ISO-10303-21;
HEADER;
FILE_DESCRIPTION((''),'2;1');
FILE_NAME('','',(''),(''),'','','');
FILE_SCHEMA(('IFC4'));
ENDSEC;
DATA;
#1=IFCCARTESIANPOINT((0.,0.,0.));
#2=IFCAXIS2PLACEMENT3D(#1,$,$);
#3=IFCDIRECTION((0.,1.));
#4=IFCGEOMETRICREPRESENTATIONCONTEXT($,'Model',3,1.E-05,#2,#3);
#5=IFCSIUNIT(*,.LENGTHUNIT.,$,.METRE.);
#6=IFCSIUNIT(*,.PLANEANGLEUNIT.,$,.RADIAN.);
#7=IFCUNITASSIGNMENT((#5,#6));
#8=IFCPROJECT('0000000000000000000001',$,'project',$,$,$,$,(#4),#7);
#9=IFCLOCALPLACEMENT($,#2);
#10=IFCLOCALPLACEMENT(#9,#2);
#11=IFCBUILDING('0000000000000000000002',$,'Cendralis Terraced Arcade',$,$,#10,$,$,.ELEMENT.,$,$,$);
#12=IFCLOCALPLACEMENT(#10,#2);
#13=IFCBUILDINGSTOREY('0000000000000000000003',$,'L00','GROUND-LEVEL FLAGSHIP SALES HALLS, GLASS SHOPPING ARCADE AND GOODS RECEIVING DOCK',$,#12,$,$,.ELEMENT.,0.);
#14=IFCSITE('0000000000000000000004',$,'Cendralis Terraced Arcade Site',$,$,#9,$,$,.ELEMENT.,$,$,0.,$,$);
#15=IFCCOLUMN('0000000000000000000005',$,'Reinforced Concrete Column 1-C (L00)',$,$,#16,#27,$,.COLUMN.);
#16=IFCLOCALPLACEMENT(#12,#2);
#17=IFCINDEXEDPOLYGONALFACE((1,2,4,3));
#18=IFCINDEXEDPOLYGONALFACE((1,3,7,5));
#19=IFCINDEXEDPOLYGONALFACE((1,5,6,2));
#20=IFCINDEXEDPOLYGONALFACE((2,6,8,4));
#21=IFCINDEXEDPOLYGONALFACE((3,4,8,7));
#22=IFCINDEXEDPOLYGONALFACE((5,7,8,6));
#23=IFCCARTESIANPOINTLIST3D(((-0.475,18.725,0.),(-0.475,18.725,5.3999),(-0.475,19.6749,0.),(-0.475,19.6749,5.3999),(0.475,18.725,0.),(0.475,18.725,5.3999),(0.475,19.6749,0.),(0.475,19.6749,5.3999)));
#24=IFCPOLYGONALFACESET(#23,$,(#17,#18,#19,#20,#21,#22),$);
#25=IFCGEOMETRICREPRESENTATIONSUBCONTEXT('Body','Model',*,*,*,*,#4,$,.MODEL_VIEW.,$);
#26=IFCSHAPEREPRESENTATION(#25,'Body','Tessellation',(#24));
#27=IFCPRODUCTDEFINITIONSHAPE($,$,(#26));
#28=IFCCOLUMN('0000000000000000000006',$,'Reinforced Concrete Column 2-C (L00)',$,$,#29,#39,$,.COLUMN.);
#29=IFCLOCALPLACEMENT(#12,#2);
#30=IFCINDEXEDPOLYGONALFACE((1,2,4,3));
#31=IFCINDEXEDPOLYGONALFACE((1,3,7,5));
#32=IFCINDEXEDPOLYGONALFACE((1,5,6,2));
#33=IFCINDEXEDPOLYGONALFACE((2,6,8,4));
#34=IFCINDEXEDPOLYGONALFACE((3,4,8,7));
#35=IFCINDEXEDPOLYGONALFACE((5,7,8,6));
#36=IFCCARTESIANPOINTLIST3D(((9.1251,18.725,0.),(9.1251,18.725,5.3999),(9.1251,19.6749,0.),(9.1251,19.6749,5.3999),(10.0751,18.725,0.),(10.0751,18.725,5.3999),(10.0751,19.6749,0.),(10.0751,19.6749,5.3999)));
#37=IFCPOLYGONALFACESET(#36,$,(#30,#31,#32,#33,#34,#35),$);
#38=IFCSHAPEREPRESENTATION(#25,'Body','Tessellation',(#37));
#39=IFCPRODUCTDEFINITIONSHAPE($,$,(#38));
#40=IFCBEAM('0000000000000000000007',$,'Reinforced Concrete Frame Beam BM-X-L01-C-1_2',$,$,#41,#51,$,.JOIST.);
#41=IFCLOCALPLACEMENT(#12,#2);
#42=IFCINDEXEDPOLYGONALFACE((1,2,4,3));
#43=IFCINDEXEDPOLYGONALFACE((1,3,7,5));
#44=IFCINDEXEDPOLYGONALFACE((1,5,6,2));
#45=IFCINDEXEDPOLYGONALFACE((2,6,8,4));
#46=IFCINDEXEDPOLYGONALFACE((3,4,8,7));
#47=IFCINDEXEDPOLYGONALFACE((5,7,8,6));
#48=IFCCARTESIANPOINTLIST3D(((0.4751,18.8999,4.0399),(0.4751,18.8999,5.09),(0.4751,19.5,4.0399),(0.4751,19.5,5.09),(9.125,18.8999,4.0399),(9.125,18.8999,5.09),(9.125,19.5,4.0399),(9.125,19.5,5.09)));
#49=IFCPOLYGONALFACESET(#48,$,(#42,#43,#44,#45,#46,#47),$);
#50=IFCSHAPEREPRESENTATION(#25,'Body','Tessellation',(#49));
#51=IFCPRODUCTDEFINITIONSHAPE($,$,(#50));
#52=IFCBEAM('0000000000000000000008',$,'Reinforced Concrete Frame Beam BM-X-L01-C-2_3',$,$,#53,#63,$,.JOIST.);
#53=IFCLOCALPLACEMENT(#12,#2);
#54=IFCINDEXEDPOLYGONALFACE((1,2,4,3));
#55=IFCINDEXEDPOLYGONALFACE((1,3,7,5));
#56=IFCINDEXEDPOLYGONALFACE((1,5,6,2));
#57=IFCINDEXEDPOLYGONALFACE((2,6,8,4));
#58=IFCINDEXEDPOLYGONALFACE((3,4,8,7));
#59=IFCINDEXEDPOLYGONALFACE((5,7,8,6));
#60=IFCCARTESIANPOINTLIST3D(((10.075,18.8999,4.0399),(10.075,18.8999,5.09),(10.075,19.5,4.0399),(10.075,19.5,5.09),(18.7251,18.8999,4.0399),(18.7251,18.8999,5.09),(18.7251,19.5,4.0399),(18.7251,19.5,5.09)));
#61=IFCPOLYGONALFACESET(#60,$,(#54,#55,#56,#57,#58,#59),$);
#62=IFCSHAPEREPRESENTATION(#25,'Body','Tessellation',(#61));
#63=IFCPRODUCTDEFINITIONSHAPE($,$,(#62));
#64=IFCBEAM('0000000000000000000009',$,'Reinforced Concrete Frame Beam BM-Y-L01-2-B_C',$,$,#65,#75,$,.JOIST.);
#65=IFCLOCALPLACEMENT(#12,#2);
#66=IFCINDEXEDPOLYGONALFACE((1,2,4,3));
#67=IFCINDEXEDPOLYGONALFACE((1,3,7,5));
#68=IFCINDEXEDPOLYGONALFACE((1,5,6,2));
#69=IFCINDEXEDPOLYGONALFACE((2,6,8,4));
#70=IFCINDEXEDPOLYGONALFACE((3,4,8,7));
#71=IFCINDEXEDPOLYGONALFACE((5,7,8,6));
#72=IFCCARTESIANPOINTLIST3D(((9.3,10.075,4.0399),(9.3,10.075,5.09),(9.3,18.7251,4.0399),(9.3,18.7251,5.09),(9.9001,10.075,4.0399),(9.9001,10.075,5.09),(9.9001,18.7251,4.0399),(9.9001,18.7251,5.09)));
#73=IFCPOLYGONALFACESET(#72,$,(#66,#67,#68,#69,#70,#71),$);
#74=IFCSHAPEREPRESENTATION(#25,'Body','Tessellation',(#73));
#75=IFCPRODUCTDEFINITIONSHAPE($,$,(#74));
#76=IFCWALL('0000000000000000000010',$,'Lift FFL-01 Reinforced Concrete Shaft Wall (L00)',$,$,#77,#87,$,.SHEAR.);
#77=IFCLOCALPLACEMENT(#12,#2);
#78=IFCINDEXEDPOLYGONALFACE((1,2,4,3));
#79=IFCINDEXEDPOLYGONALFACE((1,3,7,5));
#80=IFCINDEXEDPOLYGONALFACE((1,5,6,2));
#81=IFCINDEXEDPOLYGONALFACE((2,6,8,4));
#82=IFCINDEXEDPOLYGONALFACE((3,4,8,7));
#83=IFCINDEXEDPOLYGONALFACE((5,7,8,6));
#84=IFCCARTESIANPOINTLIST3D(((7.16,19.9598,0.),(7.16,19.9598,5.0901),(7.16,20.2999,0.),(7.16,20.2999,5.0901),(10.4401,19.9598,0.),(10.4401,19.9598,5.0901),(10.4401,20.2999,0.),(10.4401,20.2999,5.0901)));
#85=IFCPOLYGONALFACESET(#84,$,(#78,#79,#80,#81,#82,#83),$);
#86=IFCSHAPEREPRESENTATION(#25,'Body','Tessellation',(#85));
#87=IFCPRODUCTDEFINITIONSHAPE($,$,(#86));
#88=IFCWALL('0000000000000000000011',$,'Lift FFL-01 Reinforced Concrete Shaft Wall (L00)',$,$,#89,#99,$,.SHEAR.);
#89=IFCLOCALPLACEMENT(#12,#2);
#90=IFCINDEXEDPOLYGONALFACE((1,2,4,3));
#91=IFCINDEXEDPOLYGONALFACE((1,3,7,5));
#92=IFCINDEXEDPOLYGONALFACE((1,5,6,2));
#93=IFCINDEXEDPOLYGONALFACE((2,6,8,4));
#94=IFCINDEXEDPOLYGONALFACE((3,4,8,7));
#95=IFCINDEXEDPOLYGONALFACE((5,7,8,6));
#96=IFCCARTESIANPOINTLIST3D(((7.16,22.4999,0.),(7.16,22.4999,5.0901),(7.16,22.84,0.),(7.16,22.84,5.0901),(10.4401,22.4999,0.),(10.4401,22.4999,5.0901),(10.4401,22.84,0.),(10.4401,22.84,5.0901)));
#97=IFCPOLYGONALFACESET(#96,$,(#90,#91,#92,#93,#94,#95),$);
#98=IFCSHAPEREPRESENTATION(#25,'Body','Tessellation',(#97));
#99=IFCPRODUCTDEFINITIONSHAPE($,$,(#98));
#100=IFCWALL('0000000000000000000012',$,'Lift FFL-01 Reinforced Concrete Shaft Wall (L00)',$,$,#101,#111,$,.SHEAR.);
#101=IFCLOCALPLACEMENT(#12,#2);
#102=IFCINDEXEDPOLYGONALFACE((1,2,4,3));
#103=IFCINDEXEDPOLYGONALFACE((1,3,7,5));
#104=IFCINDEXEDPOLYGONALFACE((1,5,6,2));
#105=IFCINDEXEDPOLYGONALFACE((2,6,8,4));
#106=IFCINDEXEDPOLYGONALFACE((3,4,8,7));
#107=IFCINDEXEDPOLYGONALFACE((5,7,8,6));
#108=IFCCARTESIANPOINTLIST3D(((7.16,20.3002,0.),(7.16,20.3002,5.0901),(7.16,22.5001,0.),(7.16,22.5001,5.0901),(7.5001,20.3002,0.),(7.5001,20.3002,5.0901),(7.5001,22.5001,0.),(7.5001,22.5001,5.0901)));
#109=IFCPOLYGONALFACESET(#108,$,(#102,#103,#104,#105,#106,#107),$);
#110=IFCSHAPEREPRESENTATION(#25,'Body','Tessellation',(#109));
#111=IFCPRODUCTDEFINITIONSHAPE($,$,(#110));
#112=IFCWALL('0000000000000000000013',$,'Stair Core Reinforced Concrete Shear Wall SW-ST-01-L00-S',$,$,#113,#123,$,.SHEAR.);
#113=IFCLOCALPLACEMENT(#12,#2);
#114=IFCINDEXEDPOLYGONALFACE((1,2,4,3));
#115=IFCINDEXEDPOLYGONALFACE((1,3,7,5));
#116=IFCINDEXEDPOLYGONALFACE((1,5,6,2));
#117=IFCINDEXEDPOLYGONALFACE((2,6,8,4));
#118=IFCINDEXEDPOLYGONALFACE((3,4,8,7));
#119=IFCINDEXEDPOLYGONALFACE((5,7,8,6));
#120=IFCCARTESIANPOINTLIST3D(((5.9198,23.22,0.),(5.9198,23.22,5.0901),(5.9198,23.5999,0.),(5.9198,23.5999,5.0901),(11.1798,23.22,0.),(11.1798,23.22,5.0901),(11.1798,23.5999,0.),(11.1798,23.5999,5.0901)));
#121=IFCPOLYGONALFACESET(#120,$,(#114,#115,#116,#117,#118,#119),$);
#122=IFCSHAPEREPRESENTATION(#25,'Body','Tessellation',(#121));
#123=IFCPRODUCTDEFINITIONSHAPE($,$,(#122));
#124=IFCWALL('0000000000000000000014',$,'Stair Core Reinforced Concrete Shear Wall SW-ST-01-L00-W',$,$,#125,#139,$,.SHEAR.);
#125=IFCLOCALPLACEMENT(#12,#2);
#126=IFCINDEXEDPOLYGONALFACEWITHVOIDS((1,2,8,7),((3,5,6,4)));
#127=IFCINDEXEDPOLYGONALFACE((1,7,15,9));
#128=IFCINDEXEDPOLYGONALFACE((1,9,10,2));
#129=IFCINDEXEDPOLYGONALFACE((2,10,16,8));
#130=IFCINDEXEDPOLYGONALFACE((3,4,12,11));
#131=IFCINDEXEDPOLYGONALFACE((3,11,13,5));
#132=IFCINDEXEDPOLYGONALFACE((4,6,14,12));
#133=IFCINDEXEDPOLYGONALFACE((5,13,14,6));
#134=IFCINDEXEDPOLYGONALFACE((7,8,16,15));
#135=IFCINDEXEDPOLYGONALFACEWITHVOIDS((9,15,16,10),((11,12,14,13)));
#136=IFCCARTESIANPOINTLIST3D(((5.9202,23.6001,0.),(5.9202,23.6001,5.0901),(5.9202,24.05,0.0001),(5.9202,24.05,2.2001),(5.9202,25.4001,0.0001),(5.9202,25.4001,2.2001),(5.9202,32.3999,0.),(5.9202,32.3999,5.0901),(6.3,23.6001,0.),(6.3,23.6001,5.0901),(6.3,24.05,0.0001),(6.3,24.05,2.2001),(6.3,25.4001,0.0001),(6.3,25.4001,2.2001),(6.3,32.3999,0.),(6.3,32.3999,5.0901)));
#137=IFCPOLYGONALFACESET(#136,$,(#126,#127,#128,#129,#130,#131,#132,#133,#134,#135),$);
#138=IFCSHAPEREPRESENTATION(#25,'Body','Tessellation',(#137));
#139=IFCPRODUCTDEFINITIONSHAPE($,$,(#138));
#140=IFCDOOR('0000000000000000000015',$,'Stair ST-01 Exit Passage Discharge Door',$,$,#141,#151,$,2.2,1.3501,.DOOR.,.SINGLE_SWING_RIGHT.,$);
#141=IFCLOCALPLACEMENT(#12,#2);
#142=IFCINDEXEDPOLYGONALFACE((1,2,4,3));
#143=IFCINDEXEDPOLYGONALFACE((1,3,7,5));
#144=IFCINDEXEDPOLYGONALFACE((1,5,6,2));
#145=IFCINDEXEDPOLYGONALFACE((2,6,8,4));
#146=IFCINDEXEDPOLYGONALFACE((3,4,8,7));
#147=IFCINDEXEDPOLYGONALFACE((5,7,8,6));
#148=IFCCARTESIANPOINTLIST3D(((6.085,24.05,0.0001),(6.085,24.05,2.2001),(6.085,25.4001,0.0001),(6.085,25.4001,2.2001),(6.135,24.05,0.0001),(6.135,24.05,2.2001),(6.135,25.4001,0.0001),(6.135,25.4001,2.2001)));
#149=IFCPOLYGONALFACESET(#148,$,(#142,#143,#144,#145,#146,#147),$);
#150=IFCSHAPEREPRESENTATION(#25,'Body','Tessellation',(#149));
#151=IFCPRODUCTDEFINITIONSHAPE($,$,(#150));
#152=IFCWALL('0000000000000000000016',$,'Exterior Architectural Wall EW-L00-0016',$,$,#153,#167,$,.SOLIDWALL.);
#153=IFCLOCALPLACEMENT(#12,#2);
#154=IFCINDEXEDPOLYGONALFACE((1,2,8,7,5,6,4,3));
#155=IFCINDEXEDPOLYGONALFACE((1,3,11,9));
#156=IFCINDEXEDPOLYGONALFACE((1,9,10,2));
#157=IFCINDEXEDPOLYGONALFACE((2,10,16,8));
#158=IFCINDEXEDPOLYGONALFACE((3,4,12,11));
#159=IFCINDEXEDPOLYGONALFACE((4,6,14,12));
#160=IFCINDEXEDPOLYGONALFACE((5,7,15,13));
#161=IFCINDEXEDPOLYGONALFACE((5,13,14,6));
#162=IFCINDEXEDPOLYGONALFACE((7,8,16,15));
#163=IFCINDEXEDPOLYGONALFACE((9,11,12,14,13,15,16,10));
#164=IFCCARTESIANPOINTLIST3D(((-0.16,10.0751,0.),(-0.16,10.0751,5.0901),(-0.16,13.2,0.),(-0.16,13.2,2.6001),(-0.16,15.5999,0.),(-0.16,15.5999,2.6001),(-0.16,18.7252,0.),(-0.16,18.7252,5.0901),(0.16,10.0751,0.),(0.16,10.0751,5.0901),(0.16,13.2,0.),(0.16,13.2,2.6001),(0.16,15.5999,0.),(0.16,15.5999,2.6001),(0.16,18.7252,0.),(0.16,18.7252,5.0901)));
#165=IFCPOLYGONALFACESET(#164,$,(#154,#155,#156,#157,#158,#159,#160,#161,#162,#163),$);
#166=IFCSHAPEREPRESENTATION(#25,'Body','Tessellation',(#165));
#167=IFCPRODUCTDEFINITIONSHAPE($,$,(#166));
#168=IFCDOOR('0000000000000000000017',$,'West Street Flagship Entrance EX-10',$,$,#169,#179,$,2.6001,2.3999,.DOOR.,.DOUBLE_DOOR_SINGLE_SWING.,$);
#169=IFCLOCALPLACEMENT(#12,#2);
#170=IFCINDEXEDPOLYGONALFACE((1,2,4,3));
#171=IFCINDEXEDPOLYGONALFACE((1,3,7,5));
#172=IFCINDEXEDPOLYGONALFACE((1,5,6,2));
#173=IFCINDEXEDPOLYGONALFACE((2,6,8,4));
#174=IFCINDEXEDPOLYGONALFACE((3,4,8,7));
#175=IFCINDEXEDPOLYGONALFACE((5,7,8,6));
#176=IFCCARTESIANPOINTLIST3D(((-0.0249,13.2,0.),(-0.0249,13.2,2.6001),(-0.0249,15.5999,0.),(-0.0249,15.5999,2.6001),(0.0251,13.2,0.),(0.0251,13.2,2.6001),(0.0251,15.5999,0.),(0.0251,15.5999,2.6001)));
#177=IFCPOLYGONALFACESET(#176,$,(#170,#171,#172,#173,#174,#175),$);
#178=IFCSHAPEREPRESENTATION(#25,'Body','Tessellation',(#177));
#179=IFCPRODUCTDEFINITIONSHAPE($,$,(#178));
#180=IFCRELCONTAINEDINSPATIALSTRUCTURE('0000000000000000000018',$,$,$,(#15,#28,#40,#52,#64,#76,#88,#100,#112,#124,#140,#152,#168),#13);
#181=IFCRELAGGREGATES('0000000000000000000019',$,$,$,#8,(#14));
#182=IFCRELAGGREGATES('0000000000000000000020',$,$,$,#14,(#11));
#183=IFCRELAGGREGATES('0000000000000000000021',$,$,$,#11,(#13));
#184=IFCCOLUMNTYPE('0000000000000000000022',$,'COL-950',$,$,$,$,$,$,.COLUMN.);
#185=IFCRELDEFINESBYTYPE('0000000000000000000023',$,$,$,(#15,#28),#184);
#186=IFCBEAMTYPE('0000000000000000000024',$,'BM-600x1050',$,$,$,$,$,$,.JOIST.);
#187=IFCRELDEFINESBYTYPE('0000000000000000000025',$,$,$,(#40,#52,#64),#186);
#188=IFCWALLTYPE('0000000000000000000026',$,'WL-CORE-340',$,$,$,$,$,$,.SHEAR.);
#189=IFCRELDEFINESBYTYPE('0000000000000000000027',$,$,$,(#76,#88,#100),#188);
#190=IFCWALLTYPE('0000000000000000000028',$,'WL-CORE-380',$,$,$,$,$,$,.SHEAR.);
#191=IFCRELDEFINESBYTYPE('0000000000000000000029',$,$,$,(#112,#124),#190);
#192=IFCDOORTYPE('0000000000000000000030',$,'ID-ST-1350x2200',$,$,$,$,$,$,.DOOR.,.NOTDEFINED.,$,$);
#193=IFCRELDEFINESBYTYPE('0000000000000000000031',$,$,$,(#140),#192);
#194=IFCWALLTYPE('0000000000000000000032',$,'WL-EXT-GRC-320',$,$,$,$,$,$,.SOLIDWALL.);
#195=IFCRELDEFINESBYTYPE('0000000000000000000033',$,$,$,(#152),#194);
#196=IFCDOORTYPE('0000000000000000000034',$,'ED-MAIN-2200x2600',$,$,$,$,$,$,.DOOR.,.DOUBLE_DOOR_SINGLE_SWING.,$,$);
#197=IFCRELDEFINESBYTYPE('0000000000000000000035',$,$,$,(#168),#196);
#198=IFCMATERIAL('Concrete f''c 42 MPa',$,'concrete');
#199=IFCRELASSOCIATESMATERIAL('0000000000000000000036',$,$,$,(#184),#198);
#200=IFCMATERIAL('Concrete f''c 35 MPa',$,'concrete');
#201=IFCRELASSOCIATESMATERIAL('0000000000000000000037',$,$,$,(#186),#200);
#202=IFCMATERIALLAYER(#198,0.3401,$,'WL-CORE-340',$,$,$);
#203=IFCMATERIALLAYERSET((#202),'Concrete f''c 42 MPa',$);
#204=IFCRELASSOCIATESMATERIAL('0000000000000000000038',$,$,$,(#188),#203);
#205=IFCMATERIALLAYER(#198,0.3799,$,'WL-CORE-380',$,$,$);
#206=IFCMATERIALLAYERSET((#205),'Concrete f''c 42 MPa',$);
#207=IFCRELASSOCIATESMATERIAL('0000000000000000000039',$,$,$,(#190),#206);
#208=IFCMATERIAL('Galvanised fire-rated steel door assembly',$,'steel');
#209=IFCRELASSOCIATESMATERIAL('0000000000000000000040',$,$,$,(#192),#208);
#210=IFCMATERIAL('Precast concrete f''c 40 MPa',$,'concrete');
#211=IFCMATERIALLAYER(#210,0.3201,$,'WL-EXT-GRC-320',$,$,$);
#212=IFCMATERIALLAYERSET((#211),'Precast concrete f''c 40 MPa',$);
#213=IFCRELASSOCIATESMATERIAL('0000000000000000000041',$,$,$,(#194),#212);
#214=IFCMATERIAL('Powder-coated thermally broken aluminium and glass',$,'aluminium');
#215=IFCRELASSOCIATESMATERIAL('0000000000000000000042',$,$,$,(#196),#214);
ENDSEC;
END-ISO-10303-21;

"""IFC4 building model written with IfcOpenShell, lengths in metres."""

from ifc_helpers import new_model, si_unit, direction, frame, frame_2d, origin, origin_2d, place, context, subcontext, project, spatial, rectangle, extrude, material, layer, layer_set, material_profile, profile_set, type_object, element, fill, save


model = new_model("IFC4")

# Units and contexts
model_context = context("Model", 3, precision=1e-05, world=origin(), true_north=direction((0.0, 1.0)))
body_context = subcontext(model_context, "Body", "Model", "MODEL_VIEW")
ifc_project = project(units=[si_unit("LENGTHUNIT", "METRE"), si_unit("PLANEANGLEUNIT", "RADIAN")], contexts=[model_context])

# Site, building, storey
site_placement = place(None, origin())
site = spatial("IfcSite", under=ifc_project, at=site_placement, Name="Cendralis Terraced Arcade Site", CompositionType="ELEMENT", RefElevation=0.0)
building_placement = place(site_placement, origin())
building = spatial("IfcBuilding", under=site, at=building_placement, Name="Cendralis Terraced Arcade", CompositionType="ELEMENT")
storey_placement = place(building_placement, origin())
storey = spatial("IfcBuildingStorey", under=building, at=storey_placement, Name="L00", Description="GROUND-LEVEL FLAGSHIP SALES HALLS, GLASS SHOPPING ARCADE AND GOODS RECEIVING DOCK", CompositionType="ELEMENT", Elevation=0.0)

# Columns
ifc_material_1 = material(Name="Concrete f'c 42 MPa", Category="concrete")
ifc_material_profile_1 = material_profile(ifc_material_1, rectangle(XDim=0.95, YDim=0.95, at=origin_2d()), Name="RC-COL-950x950", Category="LoadBearing")
ifc_profile_set_1 = profile_set([ifc_material_profile_1], Name="Concrete f'c 42 MPa")
column_type = type_object("IfcColumnType", Name="COL-950", PredefinedType="COLUMN", material=ifc_profile_set_1)
for number, where, z_axis, x_axis, name in (
    (1, (0.0, 19.2, 0.0), (0.0, 0.0, 1.0), (1.0, 0.0, 0.0), "Reinforced Concrete Column 1-C (L00)"),
    (2, (9.6001, 19.2, 0.0), (0.0, 0.0, 1.0), (1.0, 0.0, 0.0), "Reinforced Concrete Column 2-C (L00)"),
):
    element("IfcColumn", number, at=place(storey_placement, frame(where, z_axis=z_axis, x_axis=x_axis)), inside=storey, type_object=column_type, Name=name, PredefinedType="COLUMN", context=body_context, shape_type="SweptSolid", body=[
        extrude(rectangle(XDim=0.95, YDim=0.95, at=origin_2d()), origin(), (0.0, 0.0, 1.0), 5.3999),
    ])

# Beams
ifc_material_2 = material(Name="Concrete f'c 35 MPa", Category="concrete")
ifc_material_profile_2 = material_profile(ifc_material_2, rectangle(XDim=0.6001, YDim=1.05, at=origin_2d()), Name="RC-BM-600x1050", Category="LoadBearing")
ifc_profile_set_2 = profile_set([ifc_material_profile_2], Name="Concrete f'c 35 MPa")
beam_type = type_object("IfcBeamType", Name="BM-600x1050", PredefinedType="JOIST", material=ifc_profile_set_2)
beam_placement = place(storey_placement, frame((0.4751, 19.2, 4.5649), z_axis=(1.0, 0.0, 0.0), x_axis=(0.0, 1.0, 0.0)))
element("IfcBeam", 3, at=beam_placement, inside=storey, type_object=beam_type, Name="Reinforced Concrete Frame Beam BM-X-L01-C-1_2", PredefinedType="JOIST", context=body_context, shape_type="SweptSolid", body=[
    extrude(rectangle(XDim=0.6001, YDim=1.05, at=origin_2d()), origin(), (0.0, 0.0, 1.0), 8.6499),
])
for number, where, z_axis, x_axis, name in (
    (4, (10.075, 19.2, 4.5649), (1.0, 0.0, 0.0), (0.0, 1.0, 0.0), "Reinforced Concrete Frame Beam BM-X-L01-C-2_3"),
    (5, (9.6001, 10.075, 4.5649), (0.0, 1.0, 0.0), (-1.0, 0.0, 0.0), "Reinforced Concrete Frame Beam BM-Y-L01-2-B_C"),
):
    element("IfcBeam", number, at=place(storey_placement, frame(where, z_axis=z_axis, x_axis=x_axis)), inside=storey, type_object=beam_type, Name=name, PredefinedType="JOIST", context=body_context, shape_type="SweptSolid", body=[
        extrude(rectangle(XDim=0.6001, YDim=1.05, at=origin_2d()), origin(), (0.0, 0.0, 1.0), 8.6501),
    ])

# Walls
ifc_layer_1 = layer(ifc_material_1, 0.3401, Name="WL-CORE-340")
ifc_layer_set_1 = layer_set([ifc_layer_1], Name="Concrete f'c 42 MPa")
wall_type_1 = type_object("IfcWallType", Name="WL-CORE-340", PredefinedType="SHEAR", material=ifc_layer_set_1)
for number, where, z_axis, x_axis, name in (
    (6, (7.1599, 20.1299, 0.0), (0.0, 0.0, 1.0), (1.0, 0.0, 0.0), "Lift FFL-01 Reinforced Concrete Shaft Wall (L00)"),
    (7, (7.1599, 22.6699, 0.0), (0.0, 0.0, 1.0), (1.0, 0.0, 0.0), "Lift FFL-01 Reinforced Concrete Shaft Wall (L00)"),
):
    element("IfcWall", number, at=place(storey_placement, frame(where, z_axis=z_axis, x_axis=x_axis)), inside=storey, type_object=wall_type_1, Name=name, PredefinedType="SHEAR", context=body_context, shape_type="SweptSolid", body=[
        extrude(rectangle(XDim=3.28, YDim=0.3401, at=frame_2d((1.6401, 0.0))), origin(), (0.0, 0.0, 1.0), 5.0901),
    ])
wall_1_placement = place(storey_placement, frame((7.3301, 20.3, 0.0), z_axis=(0.0, 0.0, 1.0), x_axis=(0.0, 1.0, 0.0)))
element("IfcWall", 8, at=wall_1_placement, inside=storey, type_object=wall_type_1, Name="Lift FFL-01 Reinforced Concrete Shaft Wall (L00)", PredefinedType="SHEAR", context=body_context, shape_type="SweptSolid", body=[
    extrude(rectangle(XDim=2.2, YDim=0.3401, at=frame_2d((1.1001, 0.0))), origin(), (0.0, 0.0, 1.0), 5.0901),
])
ifc_layer_2 = layer(ifc_material_1, 0.3799, Name="WL-CORE-380")
ifc_layer_set_2 = layer_set([ifc_layer_2], Name="Concrete f'c 42 MPa")
wall_type_2 = type_object("IfcWallType", Name="WL-CORE-380", PredefinedType="SHEAR", material=ifc_layer_set_2)
wall_2_placement = place(storey_placement, frame((5.9199, 23.4099, 0.0), z_axis=(0.0, 0.0, 1.0), x_axis=(1.0, 0.0, 0.0)))
element("IfcWall", 9, at=wall_2_placement, inside=storey, type_object=wall_type_2, Name="Stair Core Reinforced Concrete Shear Wall SW-ST-01-L00-S", PredefinedType="SHEAR", context=body_context, shape_type="SweptSolid", body=[
    extrude(rectangle(XDim=5.26, YDim=0.3799, at=frame_2d((2.6299, 0.0))), origin(), (0.0, 0.0, 1.0), 5.0901),
])

# Walls, openings, doors
wall_3_placement = place(storey_placement, frame((6.1101, 23.6001, 0.0), z_axis=(0.0, 0.0, 1.0), x_axis=(0.0, 1.0, 0.0)))
wall_3 = element("IfcWall", 10, at=wall_3_placement, inside=storey, type_object=wall_type_2, Name="Stair Core Reinforced Concrete Shear Wall SW-ST-01-L00-W", PredefinedType="SHEAR", context=body_context, shape_type="SweptSolid", body=[
    extrude(rectangle(XDim=8.7998, YDim=0.3799, at=frame_2d((4.3999, 0.0))), origin(), (0.0, 0.0, 1.0), 5.0901),
])
opening_1_placement = place(wall_3_placement, frame((0.45, 0.0, 0.0)))
opening_1 = element("IfcOpeningElement", 11, at=opening_1_placement, cuts=wall_3, PredefinedType="OPENING", context=body_context, shape_type="SweptSolid", body=[
    extrude(rectangle(XDim=1.3501, YDim=2.2, at=frame_2d((0.675, 1.1001))), frame((0.0, 0.2019, 0.0), z_axis=(0.0, -1.0, 0.0), x_axis=(1.0, 0.0, 0.0)), (0.0, 0.0, 1.0), 0.4038),
])
ifc_material_3 = material(Name="Galvanised fire-rated steel door assembly", Category="steel")
door_type_1 = type_object("IfcDoorType", Name="ID-ST-1350x2200", OperationType="NOTDEFINED", PredefinedType="DOOR", material=ifc_material_3)
door_1_placement = place(opening_1_placement, frame((1.3501, 0.0, 0.0), z_axis=(0.0, 0.0, 1.0), x_axis=(-1.0, 0.0, 0.0)))
door_1 = element("IfcDoor", 12, at=door_1_placement, inside=storey, type_object=door_type_1, Name="Stair ST-01 Exit Passage Discharge Door", OperationType="SINGLE_SWING_RIGHT", OverallHeight=2.2, OverallWidth=1.3501, PredefinedType="DOOR", context=body_context, shape_type="SweptSolid", body=[
    extrude(rectangle(XDim=1.3501, YDim=2.2, at=frame_2d((0.675, 1.1001))), frame((0.0, 0.0249, 0.0), z_axis=(0.0, -1.0, 0.0), x_axis=(1.0, 0.0, 0.0)), (0.0, 0.0, 1.0), 0.05),
])
fill(opening_1, door_1)
ifc_material_4 = material(Name="Precast concrete f'c 40 MPa", Category="concrete")
ifc_layer_3 = layer(ifc_material_4, 0.3201, Name="WL-EXT-GRC-320")
ifc_layer_set_3 = layer_set([ifc_layer_3], Name="Precast concrete f'c 40 MPa")
wall_type_3 = type_object("IfcWallType", Name="WL-EXT-GRC-320", PredefinedType="SOLIDWALL", material=ifc_layer_set_3)
wall_4_placement = place(storey_placement, frame((0.0, 10.075, 0.0), z_axis=(0.0, 0.0, 1.0), x_axis=(0.0, 1.0, 0.0)))
wall_4 = element("IfcWall", 13, at=wall_4_placement, inside=storey, type_object=wall_type_3, Name="Exterior Architectural Wall EW-L00-0016", PredefinedType="SOLIDWALL", context=body_context, shape_type="SweptSolid", body=[
    extrude(rectangle(XDim=8.6501, YDim=0.3201, at=frame_2d((4.3252, 0.0))), origin(), (0.0, 0.0, 1.0), 5.0901),
])
opening_2_placement = place(wall_4_placement, frame((3.125, 0.0, 0.0)))
opening_2 = element("IfcOpeningElement", 14, at=opening_2_placement, cuts=wall_4, PredefinedType="OPENING", context=body_context, shape_type="SweptSolid", body=[
    extrude(rectangle(XDim=2.3999, YDim=2.6001, at=frame_2d((1.2, 1.3))), frame((0.0, 0.1719, 0.0), z_axis=(0.0, -1.0, 0.0), x_axis=(1.0, 0.0, 0.0)), (0.0, 0.0, 1.0), 0.344),
])
ifc_material_5 = material(Name="Powder-coated thermally broken aluminium and glass", Category="aluminium")
door_type_2 = type_object("IfcDoorType", Name="ED-MAIN-2200x2600", OperationType="DOUBLE_DOOR_SINGLE_SWING", PredefinedType="DOOR", material=ifc_material_5)
door_2_placement = place(opening_2_placement, origin())
door_2 = element("IfcDoor", 15, at=door_2_placement, inside=storey, type_object=door_type_2, Name="West Street Flagship Entrance EX-10", OperationType="DOUBLE_DOOR_SINGLE_SWING", OverallHeight=2.6001, OverallWidth=2.3999, PredefinedType="DOOR", context=body_context, shape_type="SweptSolid", body=[
    extrude(rectangle(XDim=2.3999, YDim=2.6001, at=frame_2d((1.2, 1.3))), frame((0.0, 0.0249, 0.0), z_axis=(0.0, -1.0, 0.0), x_axis=(1.0, 0.0, 0.0)), (0.0, 0.0, 1.0), 0.05),
])
fill(opening_2, door_2)

save(model, "model.ifc")
